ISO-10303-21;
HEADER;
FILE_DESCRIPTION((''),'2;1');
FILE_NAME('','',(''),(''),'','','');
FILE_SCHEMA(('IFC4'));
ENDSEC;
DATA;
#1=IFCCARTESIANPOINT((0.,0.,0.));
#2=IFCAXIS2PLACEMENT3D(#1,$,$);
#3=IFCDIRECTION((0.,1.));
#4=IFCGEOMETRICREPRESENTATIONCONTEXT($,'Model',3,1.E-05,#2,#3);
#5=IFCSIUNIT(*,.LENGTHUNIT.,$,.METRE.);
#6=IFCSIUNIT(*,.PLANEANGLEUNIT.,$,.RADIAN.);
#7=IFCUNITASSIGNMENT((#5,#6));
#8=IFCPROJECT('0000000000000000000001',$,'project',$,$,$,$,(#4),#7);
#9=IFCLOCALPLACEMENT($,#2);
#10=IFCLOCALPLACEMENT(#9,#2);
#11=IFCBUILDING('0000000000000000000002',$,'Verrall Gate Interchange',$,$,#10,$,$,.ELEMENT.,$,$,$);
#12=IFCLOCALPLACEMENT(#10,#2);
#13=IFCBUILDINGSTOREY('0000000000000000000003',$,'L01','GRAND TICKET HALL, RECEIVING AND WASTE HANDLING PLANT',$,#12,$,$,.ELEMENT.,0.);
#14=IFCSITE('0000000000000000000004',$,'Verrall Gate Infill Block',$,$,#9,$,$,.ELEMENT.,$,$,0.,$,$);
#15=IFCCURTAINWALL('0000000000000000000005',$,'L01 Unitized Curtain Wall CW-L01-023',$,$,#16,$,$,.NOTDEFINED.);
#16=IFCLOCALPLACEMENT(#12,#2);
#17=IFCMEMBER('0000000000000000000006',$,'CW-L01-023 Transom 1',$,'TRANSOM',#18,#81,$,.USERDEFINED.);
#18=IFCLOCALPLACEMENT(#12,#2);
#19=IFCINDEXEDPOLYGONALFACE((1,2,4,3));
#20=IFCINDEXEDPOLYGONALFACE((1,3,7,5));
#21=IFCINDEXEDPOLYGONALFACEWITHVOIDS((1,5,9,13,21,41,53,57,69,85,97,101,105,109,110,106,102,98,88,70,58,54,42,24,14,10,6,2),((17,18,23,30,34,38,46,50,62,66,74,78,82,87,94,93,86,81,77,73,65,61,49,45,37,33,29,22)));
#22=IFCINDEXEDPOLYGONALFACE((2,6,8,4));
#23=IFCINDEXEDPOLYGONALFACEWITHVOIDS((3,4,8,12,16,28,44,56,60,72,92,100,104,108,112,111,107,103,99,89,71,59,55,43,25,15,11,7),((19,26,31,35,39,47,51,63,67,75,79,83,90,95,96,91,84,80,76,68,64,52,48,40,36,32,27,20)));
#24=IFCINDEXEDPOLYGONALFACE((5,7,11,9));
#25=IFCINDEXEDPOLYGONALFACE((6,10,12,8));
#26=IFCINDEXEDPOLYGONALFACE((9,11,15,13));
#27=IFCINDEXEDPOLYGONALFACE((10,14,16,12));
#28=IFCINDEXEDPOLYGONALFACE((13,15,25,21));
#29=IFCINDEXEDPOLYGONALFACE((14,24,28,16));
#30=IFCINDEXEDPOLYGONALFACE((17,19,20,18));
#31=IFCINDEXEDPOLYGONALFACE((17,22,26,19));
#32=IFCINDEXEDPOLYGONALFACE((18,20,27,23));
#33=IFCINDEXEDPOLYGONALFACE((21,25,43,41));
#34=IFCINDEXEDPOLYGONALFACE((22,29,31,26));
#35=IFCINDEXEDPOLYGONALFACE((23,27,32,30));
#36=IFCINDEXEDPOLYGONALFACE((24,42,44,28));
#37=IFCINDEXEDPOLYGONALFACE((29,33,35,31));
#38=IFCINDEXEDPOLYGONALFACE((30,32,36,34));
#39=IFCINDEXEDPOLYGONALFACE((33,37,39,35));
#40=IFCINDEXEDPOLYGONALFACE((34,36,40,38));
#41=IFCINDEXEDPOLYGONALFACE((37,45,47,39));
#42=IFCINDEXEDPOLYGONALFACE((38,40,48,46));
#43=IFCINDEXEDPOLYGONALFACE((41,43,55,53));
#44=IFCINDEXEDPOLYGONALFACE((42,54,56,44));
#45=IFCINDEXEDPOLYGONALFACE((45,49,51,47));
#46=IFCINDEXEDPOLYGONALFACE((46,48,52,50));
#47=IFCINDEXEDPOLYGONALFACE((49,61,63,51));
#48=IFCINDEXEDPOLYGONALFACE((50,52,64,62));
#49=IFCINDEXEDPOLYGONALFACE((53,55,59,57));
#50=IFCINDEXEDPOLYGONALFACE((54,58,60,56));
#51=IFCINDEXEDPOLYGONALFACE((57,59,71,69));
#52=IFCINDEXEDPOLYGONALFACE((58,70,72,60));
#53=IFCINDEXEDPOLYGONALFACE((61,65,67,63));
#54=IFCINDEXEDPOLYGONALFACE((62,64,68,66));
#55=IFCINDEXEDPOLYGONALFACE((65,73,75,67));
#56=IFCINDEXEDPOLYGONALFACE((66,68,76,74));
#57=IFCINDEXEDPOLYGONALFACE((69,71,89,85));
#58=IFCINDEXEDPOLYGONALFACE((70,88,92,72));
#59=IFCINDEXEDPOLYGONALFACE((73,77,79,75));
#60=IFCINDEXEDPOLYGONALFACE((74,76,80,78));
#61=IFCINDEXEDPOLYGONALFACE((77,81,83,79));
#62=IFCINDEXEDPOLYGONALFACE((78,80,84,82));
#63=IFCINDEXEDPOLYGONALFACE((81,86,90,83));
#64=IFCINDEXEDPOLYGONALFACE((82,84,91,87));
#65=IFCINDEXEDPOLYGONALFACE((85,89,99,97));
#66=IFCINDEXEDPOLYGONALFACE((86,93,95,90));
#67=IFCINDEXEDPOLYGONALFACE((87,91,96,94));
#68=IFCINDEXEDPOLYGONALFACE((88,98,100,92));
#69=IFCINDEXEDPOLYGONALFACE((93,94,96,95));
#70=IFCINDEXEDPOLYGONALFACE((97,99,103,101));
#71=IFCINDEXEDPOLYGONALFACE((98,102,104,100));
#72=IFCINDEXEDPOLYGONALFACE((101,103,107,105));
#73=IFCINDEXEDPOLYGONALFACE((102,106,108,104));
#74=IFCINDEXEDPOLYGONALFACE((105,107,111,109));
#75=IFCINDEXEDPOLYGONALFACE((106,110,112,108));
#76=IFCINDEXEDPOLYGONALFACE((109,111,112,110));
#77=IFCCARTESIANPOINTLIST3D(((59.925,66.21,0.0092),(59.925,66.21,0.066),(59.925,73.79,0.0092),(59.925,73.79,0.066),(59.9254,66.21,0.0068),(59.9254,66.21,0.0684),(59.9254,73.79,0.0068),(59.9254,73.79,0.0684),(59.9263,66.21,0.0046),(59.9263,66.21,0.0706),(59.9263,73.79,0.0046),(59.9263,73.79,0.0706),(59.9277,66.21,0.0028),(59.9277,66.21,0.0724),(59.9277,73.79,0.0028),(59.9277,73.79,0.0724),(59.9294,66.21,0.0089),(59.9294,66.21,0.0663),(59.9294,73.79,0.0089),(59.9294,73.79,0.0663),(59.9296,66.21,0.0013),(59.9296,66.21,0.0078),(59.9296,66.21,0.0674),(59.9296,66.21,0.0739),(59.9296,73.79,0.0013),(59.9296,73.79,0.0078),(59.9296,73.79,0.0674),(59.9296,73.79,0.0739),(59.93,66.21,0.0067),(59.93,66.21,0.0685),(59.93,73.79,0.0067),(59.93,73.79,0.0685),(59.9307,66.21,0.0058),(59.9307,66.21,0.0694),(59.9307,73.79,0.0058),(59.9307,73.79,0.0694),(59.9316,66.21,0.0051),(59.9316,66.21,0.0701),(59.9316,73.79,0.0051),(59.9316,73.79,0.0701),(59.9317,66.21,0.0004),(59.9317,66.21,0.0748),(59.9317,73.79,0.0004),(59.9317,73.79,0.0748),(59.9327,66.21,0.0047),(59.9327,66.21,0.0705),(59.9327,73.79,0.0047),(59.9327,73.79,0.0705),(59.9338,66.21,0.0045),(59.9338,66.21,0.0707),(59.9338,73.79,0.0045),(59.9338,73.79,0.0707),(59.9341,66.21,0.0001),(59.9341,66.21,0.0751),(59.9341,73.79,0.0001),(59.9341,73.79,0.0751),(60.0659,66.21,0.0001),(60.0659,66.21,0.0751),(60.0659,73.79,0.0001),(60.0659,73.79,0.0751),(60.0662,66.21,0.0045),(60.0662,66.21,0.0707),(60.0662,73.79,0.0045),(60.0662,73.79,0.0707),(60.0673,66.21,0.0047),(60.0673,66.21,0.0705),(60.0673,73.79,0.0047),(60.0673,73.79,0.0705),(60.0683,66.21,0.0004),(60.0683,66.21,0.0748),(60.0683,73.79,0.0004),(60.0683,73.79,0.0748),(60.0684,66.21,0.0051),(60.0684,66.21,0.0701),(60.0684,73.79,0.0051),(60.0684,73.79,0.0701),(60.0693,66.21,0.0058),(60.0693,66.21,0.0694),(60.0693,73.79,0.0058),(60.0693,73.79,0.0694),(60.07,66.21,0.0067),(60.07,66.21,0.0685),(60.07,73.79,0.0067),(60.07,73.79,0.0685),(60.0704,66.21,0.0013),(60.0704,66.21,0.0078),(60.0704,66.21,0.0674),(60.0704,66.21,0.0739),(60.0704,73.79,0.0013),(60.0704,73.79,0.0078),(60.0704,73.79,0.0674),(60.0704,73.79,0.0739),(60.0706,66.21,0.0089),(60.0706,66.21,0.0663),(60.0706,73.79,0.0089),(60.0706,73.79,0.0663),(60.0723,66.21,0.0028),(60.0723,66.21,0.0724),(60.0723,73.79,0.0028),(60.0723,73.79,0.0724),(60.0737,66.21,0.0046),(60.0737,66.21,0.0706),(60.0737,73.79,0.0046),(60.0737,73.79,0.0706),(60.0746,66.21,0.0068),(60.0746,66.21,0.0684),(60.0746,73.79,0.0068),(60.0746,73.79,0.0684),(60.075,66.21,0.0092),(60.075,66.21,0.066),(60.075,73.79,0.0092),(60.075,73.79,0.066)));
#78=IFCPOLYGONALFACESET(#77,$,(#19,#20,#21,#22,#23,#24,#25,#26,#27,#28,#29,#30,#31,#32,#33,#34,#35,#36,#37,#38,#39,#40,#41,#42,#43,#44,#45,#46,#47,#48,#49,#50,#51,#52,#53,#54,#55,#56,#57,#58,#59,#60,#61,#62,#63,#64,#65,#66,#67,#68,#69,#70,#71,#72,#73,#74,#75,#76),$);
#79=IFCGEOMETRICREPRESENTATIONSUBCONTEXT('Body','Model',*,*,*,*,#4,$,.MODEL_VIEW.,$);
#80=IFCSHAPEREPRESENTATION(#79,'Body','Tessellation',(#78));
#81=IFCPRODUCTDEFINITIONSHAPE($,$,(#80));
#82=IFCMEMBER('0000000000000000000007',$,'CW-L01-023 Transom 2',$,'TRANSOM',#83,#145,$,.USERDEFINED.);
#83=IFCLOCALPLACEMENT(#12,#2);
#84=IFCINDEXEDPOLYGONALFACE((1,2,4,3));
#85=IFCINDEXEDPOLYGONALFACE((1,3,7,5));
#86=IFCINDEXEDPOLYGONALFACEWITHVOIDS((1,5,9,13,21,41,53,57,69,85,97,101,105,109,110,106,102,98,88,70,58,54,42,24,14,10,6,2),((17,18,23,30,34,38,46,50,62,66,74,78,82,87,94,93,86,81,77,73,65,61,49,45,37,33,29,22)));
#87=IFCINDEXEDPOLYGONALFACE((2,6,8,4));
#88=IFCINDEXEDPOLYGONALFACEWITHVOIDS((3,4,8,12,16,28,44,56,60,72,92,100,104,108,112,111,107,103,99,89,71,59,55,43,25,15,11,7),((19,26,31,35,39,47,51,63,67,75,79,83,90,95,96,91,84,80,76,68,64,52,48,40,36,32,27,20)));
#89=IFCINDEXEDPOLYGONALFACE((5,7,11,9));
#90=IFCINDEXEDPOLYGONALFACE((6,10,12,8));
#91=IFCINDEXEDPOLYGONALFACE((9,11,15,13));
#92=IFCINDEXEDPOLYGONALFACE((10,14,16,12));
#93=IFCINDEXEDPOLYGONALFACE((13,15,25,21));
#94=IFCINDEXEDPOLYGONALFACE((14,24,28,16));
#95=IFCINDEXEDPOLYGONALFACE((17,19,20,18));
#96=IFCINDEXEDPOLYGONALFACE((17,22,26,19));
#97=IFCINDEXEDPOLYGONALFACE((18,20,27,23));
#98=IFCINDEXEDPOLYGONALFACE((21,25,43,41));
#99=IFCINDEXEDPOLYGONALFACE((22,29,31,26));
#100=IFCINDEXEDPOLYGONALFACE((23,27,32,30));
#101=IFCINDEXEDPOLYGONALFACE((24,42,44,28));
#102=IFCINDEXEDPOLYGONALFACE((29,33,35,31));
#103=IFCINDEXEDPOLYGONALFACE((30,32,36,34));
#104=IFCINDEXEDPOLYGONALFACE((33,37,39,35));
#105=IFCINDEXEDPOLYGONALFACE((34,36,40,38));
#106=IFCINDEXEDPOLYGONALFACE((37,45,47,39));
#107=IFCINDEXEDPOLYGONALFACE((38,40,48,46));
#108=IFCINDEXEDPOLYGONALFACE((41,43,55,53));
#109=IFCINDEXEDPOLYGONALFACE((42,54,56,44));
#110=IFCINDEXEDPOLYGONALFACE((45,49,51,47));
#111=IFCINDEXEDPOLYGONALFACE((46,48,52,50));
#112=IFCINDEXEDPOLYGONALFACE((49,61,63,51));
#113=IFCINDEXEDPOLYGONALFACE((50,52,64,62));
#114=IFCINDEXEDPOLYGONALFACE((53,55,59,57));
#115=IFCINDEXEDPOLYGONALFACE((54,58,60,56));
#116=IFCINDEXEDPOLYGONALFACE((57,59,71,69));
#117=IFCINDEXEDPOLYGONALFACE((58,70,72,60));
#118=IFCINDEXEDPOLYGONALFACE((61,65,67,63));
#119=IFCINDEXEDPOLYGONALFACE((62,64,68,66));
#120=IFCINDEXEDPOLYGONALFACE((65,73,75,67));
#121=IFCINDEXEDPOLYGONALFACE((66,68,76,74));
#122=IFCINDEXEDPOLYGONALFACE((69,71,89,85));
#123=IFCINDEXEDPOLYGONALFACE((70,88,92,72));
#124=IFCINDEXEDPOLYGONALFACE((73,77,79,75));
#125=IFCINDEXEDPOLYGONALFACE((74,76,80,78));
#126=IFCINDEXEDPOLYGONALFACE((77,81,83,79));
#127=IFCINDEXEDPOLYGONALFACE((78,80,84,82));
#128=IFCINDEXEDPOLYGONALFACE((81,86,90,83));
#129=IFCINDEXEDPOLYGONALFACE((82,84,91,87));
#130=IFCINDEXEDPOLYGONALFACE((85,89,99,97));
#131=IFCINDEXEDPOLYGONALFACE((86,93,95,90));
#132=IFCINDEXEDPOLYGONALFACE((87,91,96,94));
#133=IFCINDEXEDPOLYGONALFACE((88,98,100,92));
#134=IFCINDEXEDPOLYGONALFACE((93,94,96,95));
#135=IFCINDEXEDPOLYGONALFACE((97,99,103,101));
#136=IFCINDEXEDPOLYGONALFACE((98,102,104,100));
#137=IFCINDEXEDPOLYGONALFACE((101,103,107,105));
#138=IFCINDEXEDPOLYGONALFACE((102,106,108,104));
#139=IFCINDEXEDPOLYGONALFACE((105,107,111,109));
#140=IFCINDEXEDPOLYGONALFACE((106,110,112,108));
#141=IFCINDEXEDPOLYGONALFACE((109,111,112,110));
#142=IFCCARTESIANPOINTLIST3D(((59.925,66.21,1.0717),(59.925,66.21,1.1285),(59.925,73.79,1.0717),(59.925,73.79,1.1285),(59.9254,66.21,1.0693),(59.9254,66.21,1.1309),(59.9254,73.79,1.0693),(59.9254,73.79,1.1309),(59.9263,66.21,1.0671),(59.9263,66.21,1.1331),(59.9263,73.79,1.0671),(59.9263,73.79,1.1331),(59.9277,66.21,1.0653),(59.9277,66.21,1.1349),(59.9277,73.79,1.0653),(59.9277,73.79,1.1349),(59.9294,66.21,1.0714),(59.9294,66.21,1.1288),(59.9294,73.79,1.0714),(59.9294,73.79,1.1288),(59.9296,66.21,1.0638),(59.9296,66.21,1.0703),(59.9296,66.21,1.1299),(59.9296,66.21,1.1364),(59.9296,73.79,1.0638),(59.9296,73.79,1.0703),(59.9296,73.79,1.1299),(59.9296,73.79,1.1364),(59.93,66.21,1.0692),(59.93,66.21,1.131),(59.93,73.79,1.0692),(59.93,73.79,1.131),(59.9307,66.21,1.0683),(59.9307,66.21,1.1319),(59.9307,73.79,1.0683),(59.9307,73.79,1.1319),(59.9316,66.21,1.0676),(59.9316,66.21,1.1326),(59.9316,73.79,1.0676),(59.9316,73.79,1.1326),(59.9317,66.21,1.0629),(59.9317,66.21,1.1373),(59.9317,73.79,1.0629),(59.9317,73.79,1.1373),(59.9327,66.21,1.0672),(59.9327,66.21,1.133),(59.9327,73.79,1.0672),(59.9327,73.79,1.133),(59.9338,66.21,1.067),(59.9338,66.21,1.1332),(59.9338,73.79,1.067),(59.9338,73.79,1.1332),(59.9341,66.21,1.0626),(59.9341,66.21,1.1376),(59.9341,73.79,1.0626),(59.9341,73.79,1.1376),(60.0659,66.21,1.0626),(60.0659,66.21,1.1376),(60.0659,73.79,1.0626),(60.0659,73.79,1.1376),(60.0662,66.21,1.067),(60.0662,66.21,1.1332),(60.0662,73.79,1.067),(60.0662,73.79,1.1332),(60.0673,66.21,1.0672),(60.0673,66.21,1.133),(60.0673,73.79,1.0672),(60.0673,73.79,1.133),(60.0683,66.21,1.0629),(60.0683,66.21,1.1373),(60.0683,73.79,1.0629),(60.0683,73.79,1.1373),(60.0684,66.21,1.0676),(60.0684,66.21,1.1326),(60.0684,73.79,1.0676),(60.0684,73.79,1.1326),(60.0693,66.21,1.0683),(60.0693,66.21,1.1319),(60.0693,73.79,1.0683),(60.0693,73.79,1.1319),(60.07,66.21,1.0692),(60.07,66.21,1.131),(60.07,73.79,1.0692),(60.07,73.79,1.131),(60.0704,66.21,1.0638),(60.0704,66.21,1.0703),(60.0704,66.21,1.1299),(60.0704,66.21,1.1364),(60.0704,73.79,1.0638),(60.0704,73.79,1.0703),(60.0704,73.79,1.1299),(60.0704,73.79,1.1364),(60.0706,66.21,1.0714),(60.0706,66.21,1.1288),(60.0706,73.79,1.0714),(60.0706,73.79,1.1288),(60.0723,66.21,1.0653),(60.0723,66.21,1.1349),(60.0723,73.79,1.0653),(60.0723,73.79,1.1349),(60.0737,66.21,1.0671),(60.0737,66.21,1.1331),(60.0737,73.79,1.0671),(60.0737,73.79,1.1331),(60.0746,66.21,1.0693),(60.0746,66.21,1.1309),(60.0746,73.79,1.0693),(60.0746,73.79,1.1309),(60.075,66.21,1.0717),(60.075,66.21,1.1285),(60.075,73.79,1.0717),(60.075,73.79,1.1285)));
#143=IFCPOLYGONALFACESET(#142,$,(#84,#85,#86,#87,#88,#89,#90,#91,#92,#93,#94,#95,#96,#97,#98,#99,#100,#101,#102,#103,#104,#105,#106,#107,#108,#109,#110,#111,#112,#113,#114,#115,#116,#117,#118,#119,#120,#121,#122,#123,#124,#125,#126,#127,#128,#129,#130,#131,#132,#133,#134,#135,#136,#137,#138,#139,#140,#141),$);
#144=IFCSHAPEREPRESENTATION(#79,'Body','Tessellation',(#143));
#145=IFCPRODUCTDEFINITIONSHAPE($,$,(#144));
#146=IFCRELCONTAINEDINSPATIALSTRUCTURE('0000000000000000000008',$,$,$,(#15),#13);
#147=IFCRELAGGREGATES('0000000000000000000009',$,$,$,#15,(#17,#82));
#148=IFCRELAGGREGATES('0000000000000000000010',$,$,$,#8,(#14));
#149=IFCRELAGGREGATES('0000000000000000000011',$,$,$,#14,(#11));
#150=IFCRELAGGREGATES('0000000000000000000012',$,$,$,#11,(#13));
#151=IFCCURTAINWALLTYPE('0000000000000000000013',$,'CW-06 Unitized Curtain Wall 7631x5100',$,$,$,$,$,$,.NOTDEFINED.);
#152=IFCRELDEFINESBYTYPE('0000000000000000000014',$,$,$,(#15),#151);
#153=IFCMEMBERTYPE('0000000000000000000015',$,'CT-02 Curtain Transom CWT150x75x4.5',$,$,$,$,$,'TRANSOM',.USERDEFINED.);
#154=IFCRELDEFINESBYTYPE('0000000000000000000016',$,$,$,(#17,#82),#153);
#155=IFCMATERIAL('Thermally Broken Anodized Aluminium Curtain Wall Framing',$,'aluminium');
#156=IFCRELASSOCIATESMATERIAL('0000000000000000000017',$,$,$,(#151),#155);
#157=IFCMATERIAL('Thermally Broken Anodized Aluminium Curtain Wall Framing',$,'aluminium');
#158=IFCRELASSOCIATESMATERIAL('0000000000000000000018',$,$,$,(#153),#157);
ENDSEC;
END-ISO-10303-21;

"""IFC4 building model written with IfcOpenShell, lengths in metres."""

from ifc_helpers import new_model, si_unit, direction, frame, origin, origin_2d, place, context, subcontext, project, spatial, hollow_rectangle, extrude, material, material_profile, profile_set, type_object, element, aggregate, save


model = new_model("IFC4")

# Units and contexts
model_context = context("Model", 3, precision=1e-05, world=origin(), true_north=direction((0.0, 1.0)))
body_context = subcontext(model_context, "Body", "Model", "MODEL_VIEW")
ifc_project = project(units=[si_unit("LENGTHUNIT", "METRE"), si_unit("PLANEANGLEUNIT", "RADIAN")], contexts=[model_context])

# Site, building, storey
site_placement = place(None, origin())
site = spatial("IfcSite", under=ifc_project, at=site_placement, Name="Verrall Gate Infill Block", CompositionType="ELEMENT", RefElevation=0.0)
building_placement = place(site_placement, origin())
building = spatial("IfcBuilding", under=site, at=building_placement, Name="Verrall Gate Interchange", CompositionType="ELEMENT")
storey_placement = place(building_placement, origin())
storey = spatial("IfcBuildingStorey", under=building, at=storey_placement, Name="L01", Description="GRAND TICKET HALL, RECEIVING AND WASTE HANDLING PLANT", CompositionType="ELEMENT", Elevation=0.0)

# Curtain wall
ifc_material_1 = material(Name="Thermally Broken Anodized Aluminium Curtain Wall Framing", Category="aluminium")
curtain_wall_type_1 = type_object("IfcCurtainWallType", Name="CW-06 Unitized Curtain Wall 7631x5100", PredefinedType="NOTDEFINED", material=ifc_material_1)
curtain_wall_1_placement = place(storey_placement, origin())
curtain_wall_1 = element("IfcCurtainWall", 1, at=curtain_wall_1_placement, inside=storey, type_object=curtain_wall_type_1, Name="L01 Unitized Curtain Wall CW-L01-023", PredefinedType="NOTDEFINED")

# Members
ifc_material_2 = material(Name="Thermally Broken Anodized Aluminium Curtain Wall Framing", Category="aluminium")
ifc_material_profile_1 = material_profile(ifc_material_2, hollow_rectangle(XDim=0.1499, YDim=0.075, WallThickness=0.0044, InnerFilletRadius=0.0044, OuterFilletRadius=0.009, at=origin_2d()), Name="CWT150x75x4.5")
ifc_profile_set_1 = profile_set([ifc_material_profile_1], Name="Thermally Broken Anodized Aluminium Curtain Wall Framing")
member_type_1 = type_object("IfcMemberType", Name="CT-02 Curtain Transom CWT150x75x4.5", ElementType="TRANSOM", PredefinedType="USERDEFINED", material=ifc_profile_set_1)
member_1_placement = place(storey_placement, frame((60.0, 73.79, 0.0376), z_axis=(0.0, -1.0, 0.0), x_axis=(1.0, 0.0, 0.0)))
member_1 = element("IfcMember", 2, at=member_1_placement, type_object=member_type_1, Name="CW-L01-023 Transom 1", ObjectType="TRANSOM", PredefinedType="USERDEFINED", context=body_context, shape_type="SweptSolid", body=[
    extrude(hollow_rectangle(XDim=0.1499, YDim=0.075, WallThickness=0.0044, InnerFilletRadius=0.0044, OuterFilletRadius=0.009, at=origin_2d()), origin(), (0.0, 0.0, 1.0), 7.5801),
])
member_2_placement = place(storey_placement, frame((60.0, 73.79, 1.1001), z_axis=(0.0, -1.0, 0.0), x_axis=(1.0, 0.0, 0.0)))
member_2 = element("IfcMember", 3, at=member_2_placement, type_object=member_type_1, Name="CW-L01-023 Transom 2", ObjectType="TRANSOM", PredefinedType="USERDEFINED", context=body_context, shape_type="SweptSolid", body=[
    extrude(hollow_rectangle(XDim=0.1499, YDim=0.075, WallThickness=0.0044, InnerFilletRadius=0.0044, OuterFilletRadius=0.009, at=origin_2d()), origin(), (0.0, 0.0, 1.0), 7.5801),
])

aggregate(curtain_wall_1, [member_1, member_2])

save(model, "model.ifc")
